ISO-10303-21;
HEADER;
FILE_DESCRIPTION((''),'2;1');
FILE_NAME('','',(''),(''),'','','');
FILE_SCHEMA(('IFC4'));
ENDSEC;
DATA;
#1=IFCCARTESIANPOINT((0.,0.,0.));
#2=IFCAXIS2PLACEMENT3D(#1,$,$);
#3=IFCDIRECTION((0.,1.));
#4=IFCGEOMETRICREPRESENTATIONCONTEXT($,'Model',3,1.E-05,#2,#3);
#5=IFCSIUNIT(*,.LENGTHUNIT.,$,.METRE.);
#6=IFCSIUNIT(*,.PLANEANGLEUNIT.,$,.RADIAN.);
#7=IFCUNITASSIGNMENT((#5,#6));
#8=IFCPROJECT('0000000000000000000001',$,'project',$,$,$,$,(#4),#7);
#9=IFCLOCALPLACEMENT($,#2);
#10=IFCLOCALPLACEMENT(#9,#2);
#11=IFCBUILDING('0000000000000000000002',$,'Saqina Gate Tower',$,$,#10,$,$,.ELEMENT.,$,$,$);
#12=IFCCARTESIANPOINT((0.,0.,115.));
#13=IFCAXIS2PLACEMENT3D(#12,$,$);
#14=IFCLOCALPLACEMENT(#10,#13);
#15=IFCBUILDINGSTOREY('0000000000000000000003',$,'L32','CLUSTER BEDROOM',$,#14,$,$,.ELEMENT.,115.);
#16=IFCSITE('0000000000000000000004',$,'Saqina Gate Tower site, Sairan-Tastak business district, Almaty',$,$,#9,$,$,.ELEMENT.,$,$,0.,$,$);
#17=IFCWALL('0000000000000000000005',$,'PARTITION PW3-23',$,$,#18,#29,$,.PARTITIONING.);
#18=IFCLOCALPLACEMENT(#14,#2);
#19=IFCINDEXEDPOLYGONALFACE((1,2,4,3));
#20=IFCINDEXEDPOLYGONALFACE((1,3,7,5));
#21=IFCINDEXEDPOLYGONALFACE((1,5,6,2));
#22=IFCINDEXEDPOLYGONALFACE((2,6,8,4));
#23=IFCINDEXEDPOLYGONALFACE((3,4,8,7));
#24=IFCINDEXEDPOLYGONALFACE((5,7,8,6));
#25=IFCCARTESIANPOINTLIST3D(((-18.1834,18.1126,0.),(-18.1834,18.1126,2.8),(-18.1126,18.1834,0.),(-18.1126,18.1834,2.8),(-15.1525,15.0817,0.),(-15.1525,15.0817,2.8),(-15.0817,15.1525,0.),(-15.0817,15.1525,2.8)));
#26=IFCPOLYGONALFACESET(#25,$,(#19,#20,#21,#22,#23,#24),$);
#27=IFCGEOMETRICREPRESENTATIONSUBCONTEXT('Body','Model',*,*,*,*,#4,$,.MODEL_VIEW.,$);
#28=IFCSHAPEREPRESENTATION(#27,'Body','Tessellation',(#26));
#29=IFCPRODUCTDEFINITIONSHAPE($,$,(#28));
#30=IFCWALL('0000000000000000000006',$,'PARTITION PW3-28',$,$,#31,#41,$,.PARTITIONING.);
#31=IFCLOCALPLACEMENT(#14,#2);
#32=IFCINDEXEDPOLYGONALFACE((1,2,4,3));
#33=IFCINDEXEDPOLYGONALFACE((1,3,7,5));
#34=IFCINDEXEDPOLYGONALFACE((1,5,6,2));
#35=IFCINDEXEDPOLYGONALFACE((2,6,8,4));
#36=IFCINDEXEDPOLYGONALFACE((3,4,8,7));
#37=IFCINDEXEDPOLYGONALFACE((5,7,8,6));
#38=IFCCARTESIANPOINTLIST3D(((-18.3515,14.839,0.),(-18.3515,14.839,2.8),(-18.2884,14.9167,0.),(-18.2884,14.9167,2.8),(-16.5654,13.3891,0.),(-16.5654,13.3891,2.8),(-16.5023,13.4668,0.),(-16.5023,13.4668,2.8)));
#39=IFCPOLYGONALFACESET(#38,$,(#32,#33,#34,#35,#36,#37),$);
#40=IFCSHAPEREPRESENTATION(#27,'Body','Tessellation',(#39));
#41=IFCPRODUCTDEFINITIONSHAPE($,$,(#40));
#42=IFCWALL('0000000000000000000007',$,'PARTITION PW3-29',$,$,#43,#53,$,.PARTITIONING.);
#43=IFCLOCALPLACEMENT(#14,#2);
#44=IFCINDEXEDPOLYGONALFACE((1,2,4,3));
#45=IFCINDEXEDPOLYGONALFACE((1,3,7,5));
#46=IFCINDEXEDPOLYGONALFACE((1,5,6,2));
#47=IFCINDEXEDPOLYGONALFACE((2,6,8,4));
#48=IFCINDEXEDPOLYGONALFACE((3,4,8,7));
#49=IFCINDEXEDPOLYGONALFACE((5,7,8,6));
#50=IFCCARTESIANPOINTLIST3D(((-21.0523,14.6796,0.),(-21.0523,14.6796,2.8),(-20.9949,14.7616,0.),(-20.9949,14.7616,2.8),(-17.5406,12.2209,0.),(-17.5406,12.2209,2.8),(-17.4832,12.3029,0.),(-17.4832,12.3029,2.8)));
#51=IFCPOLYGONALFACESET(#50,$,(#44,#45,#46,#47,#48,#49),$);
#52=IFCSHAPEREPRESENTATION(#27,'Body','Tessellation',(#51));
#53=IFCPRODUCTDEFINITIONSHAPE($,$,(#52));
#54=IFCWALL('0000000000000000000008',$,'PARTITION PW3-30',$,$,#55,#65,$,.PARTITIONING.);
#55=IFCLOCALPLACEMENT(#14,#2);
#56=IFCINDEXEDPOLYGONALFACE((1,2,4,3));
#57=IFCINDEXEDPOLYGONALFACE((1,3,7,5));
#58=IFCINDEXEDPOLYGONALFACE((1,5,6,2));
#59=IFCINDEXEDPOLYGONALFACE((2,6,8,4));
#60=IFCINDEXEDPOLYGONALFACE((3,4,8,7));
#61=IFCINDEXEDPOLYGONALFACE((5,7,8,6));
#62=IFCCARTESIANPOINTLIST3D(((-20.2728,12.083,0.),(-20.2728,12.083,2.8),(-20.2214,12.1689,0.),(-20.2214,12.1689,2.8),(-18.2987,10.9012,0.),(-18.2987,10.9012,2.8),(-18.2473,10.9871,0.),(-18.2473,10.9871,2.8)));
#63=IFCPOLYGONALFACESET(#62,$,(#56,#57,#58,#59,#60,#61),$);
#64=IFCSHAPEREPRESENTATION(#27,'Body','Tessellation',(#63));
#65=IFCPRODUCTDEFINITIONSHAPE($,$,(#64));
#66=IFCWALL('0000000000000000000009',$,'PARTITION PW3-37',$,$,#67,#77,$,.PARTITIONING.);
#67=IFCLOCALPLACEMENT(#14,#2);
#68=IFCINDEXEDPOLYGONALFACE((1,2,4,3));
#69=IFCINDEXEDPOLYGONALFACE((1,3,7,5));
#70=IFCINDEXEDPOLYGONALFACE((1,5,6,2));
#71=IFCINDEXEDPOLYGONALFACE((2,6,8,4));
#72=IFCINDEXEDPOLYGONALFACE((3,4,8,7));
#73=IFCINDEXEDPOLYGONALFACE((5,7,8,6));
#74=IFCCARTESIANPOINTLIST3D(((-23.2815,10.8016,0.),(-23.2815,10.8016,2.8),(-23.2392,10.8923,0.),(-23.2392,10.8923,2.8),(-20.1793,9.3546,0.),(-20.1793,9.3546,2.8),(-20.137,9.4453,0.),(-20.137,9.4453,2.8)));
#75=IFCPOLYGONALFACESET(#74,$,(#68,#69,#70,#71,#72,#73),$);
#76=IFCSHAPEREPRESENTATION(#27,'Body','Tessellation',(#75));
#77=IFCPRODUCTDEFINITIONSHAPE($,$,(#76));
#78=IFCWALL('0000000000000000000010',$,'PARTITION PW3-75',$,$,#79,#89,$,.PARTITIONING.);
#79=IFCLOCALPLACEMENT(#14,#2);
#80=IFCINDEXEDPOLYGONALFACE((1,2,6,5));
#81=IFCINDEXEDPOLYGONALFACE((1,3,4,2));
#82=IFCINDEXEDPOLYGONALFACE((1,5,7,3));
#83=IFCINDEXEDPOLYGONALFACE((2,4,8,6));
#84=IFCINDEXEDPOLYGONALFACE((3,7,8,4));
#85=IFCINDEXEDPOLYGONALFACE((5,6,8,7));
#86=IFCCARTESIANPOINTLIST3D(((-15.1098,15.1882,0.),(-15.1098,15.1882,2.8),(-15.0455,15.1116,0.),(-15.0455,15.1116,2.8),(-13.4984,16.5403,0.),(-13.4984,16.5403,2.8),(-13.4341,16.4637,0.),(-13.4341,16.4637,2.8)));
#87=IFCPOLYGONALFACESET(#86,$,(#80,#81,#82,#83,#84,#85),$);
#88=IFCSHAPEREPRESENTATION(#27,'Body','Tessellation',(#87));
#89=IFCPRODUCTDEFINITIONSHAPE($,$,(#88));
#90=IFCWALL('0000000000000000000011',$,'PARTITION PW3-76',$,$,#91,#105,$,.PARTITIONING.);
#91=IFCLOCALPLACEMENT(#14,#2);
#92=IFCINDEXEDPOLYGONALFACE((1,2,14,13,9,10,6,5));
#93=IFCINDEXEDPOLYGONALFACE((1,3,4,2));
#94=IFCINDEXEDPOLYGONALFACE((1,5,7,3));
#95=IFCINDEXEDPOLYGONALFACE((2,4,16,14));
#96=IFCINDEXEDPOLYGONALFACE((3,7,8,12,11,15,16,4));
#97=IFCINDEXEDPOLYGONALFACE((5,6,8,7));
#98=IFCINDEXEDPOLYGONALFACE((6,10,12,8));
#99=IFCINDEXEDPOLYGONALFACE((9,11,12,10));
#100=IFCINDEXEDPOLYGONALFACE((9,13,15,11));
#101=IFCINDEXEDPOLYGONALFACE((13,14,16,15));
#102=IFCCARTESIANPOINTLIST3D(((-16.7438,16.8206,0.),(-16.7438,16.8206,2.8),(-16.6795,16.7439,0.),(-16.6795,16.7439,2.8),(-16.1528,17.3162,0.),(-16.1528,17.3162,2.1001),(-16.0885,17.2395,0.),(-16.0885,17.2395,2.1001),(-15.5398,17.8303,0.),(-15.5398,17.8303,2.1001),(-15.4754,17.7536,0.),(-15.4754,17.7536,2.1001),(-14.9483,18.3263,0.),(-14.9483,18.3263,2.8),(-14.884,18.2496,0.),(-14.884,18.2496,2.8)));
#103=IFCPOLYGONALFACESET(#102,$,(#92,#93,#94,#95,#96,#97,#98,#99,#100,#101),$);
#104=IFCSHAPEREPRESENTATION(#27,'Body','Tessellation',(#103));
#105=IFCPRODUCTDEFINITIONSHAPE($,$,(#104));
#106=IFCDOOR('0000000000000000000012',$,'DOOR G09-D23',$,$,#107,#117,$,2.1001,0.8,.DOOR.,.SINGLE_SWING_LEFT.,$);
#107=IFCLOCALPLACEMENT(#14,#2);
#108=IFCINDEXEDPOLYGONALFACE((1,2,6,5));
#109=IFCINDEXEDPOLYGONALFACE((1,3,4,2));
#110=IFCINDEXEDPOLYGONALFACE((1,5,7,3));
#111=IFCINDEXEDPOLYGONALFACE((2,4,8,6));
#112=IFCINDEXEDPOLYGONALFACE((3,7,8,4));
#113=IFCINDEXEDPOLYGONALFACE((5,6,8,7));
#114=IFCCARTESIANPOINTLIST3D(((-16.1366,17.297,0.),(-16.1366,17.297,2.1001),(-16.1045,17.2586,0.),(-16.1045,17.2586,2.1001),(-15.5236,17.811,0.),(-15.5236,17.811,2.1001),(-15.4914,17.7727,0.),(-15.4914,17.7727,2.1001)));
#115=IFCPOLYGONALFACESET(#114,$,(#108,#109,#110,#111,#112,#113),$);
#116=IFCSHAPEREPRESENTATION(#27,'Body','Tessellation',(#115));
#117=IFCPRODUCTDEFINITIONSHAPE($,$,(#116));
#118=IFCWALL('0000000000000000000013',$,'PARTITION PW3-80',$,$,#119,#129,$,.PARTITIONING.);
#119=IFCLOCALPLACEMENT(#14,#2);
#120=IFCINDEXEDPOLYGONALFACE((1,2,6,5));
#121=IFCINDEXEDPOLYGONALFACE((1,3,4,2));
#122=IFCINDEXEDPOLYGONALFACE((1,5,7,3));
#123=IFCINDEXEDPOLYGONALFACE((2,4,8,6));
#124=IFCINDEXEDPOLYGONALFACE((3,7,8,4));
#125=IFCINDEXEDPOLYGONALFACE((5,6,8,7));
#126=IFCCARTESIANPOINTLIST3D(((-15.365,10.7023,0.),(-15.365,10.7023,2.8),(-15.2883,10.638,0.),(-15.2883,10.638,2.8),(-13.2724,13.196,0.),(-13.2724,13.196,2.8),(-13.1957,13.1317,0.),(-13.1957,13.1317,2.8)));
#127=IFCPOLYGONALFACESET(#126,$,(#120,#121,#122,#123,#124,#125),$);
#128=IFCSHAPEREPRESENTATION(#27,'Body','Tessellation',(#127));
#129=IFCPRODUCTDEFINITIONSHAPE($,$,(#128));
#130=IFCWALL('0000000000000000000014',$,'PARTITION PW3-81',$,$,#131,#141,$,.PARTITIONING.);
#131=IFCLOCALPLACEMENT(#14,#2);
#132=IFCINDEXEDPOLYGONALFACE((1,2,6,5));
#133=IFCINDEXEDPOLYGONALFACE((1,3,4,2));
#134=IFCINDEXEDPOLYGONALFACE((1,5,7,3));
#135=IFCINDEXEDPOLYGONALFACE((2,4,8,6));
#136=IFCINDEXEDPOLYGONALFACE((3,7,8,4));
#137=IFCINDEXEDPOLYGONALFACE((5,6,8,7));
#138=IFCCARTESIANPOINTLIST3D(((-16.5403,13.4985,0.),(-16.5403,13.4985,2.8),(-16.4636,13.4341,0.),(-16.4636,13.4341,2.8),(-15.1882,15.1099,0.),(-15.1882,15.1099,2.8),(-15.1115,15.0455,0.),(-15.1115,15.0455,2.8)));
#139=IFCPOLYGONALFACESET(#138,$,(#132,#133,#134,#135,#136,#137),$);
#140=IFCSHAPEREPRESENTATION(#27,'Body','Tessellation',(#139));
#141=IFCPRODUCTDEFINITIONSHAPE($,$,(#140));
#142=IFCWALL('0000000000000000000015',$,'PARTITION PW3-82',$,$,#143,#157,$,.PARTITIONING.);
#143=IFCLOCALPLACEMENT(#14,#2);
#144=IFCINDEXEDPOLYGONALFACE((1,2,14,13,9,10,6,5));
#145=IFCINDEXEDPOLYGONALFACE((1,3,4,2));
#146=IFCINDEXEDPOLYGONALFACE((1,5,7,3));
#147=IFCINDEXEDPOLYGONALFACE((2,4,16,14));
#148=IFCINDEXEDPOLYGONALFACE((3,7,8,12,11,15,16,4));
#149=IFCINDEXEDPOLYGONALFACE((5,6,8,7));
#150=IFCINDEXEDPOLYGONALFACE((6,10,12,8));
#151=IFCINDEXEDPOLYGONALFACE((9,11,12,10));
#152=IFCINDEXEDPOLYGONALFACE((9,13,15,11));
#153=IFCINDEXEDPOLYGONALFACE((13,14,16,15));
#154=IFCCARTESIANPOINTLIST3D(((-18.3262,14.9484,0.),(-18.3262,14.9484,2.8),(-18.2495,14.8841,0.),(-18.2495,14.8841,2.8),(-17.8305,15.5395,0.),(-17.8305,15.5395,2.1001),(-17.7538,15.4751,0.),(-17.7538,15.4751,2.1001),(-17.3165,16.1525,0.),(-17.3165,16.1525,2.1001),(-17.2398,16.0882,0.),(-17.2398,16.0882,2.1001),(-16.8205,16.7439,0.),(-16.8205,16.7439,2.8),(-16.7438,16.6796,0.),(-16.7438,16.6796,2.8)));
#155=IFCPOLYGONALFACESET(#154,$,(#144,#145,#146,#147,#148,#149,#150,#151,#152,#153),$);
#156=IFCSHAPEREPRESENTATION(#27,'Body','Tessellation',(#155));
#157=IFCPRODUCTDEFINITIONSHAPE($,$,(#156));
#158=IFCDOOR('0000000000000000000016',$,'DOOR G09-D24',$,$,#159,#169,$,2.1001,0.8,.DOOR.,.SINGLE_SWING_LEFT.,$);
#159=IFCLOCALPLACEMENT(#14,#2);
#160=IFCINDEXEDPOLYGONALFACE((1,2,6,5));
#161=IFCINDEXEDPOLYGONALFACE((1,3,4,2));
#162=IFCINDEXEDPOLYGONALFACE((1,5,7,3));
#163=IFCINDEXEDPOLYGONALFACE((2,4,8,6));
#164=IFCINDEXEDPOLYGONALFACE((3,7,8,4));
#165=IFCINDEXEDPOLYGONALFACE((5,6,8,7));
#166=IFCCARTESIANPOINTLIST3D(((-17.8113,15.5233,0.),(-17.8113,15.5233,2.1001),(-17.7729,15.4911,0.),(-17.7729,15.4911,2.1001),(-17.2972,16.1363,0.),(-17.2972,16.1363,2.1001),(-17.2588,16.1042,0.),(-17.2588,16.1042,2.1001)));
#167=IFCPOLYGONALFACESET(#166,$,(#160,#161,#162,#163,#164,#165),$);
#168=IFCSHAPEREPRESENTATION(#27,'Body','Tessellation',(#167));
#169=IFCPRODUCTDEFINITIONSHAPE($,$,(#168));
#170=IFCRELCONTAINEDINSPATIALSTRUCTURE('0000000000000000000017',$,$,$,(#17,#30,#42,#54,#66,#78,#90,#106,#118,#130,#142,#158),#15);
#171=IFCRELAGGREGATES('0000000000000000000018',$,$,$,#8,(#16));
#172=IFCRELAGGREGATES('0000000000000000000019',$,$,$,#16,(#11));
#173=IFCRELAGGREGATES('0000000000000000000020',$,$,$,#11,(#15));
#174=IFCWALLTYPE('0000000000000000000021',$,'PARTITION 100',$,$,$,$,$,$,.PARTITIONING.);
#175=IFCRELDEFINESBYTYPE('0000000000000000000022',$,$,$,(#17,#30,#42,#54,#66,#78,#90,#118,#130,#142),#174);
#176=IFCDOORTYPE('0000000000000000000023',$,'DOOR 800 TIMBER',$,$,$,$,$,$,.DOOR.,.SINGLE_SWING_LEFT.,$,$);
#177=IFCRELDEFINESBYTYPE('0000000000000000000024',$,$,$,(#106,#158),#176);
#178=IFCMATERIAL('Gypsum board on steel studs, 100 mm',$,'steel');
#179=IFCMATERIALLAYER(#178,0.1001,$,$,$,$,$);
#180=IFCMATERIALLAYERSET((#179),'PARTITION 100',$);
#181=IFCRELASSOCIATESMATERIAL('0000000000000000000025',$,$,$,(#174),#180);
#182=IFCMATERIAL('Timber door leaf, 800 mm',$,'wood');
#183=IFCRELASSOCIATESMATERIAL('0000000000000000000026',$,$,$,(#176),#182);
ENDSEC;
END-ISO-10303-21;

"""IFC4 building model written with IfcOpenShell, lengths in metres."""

from ifc_helpers import new_model, si_unit, direction, frame, frame_2d, origin, place, context, subcontext, project, spatial, rectangle, extrude, material, layer, layer_set, type_object, element, fill, save


model = new_model("IFC4")

# Units and contexts
model_context = context("Model", 3, precision=1e-05, world=origin(), true_north=direction((0.0, 1.0)))
body_context = subcontext(model_context, "Body", "Model", "MODEL_VIEW")
ifc_project = project(units=[si_unit("LENGTHUNIT", "METRE"), si_unit("PLANEANGLEUNIT", "RADIAN")], contexts=[model_context])

# Site, building, storey
site_placement = place(None, origin())
site = spatial("IfcSite", under=ifc_project, at=site_placement, Name="Saqina Gate Tower site, Sairan-Tastak business district, Almaty", CompositionType="ELEMENT", RefElevation=0.0)
building_placement = place(site_placement, origin())
building = spatial("IfcBuilding", under=site, at=building_placement, Name="Saqina Gate Tower", CompositionType="ELEMENT")
storey_placement = place(building_placement, frame((0.0, 0.0, 115.0)))
storey = spatial("IfcBuildingStorey", under=building, at=storey_placement, Name="L32", Description="CLUSTER BEDROOM", CompositionType="ELEMENT", Elevation=115.0)

# Walls
ifc_material_1 = material(Name="Gypsum board on steel studs, 100 mm", Category="steel")
ifc_layer_1 = layer(ifc_material_1, 0.1001)
ifc_layer_set_1 = layer_set([ifc_layer_1], Name="PARTITION 100")
wall_type_1 = type_object("IfcWallType", Name="PARTITION 100", PredefinedType="PARTITIONING", material=ifc_layer_set_1)
wall_1_placement = place(storey_placement, frame((-18.1479, 18.1479, 0.0), z_axis=(0.0, 0.0, 1.0), x_axis=(0.707107, -0.707107, 0.0)))
element("IfcWall", 1, at=wall_1_placement, inside=storey, type_object=wall_type_1, Name="PARTITION PW3-23", PredefinedType="PARTITIONING", context=body_context, shape_type="SweptSolid", body=[
    extrude(rectangle(XDim=4.2864, YDim=0.1001, at=frame_2d((2.1431, 0.0))), origin(), (0.0, 0.0, 1.0), 2.8),
])
wall_2_placement = place(storey_placement, frame((-18.3201, 14.8779, 0.0), z_axis=(0.0, 0.0, 1.0), x_axis=(0.776387, -0.630257, 0.0)))
element("IfcWall", 2, at=wall_2_placement, inside=storey, type_object=wall_type_1, Name="PARTITION PW3-28", PredefinedType="PARTITIONING", context=body_context, shape_type="SweptSolid", body=[
    extrude(rectangle(XDim=2.3005, YDim=0.1001, at=frame_2d((1.1504, 0.0))), origin(), (0.0, 0.0, 1.0), 2.8),
])
wall_3_placement = place(storey_placement, frame((-21.0237, 14.7207, 0.0), z_axis=(0.0, 0.0, 1.0), x_axis=(0.819173, -0.573546, 0.0)))
element("IfcWall", 3, at=wall_3_placement, inside=storey, type_object=wall_type_1, Name="PARTITION PW3-29", PredefinedType="PARTITIONING", context=body_context, shape_type="SweptSolid", body=[
    extrude(rectangle(XDim=4.2869, YDim=0.1001, at=frame_2d((2.1436, 0.0))), origin(), (0.0, 0.0, 1.0), 2.8),
])
wall_4_placement = place(storey_placement, frame((-20.2471, 12.126, 0.0), z_axis=(0.0, 0.0, 1.0), x_axis=(0.857989, -0.513668, 0.0)))
element("IfcWall", 4, at=wall_4_placement, inside=storey, type_object=wall_type_1, Name="PARTITION PW3-30", PredefinedType="PARTITIONING", context=body_context, shape_type="SweptSolid", body=[
    extrude(rectangle(XDim=2.3008, YDim=0.1001, at=frame_2d((1.1504, 0.0))), origin(), (0.0, 0.0, 1.0), 2.8),
])
wall_5_placement = place(storey_placement, frame((-23.2603, 10.8469, 0.0), z_axis=(0.0, 0.0, 1.0), x_axis=(0.906263, -0.422714, 0.0)))
element("IfcWall", 5, at=wall_5_placement, inside=storey, type_object=wall_type_1, Name="PARTITION PW3-37", PredefinedType="PARTITIONING", context=body_context, shape_type="SweptSolid", body=[
    extrude(rectangle(XDim=3.4231, YDim=0.1001, at=frame_2d((1.7114, 0.0))), origin(), (0.0, 0.0, 1.0), 2.8),
])
wall_6_placement = place(storey_placement, frame((-15.0776, 15.1499, 0.0), z_axis=(0.0, 0.0, 1.0), x_axis=(0.766048, 0.642784, 0.0)))
element("IfcWall", 6, at=wall_6_placement, inside=storey, type_object=wall_type_1, Name="PARTITION PW3-75", PredefinedType="PARTITIONING", context=body_context, shape_type="SweptSolid", body=[
    extrude(rectangle(XDim=2.1035, YDim=0.1001, at=frame_2d((1.0518, 0.0))), origin(), (0.0, 0.0, 1.0), 2.8),
])

# Wall, opening, door
wall_7_placement = place(storey_placement, frame((-16.7117, 16.7822, 0.0), z_axis=(0.0, 0.0, 1.0), x_axis=(0.766236, 0.642559, 0.0)))
wall_7 = element("IfcWall", 7, at=wall_7_placement, inside=storey, type_object=wall_type_1, Name="PARTITION PW3-76", PredefinedType="PARTITIONING", context=body_context, shape_type="SweptSolid", body=[
    extrude(rectangle(XDim=2.3433, YDim=0.1001, at=frame_2d((1.1716, 0.0))), origin(), (0.0, 0.0, 1.0), 2.8),
])
opening_1_placement = place(wall_7_placement, frame((0.7715, 0.0, 0.0)))
opening_1 = element("IfcOpeningElement", 8, at=opening_1_placement, cuts=wall_7, PredefinedType="OPENING", context=body_context, shape_type="SweptSolid", body=[
    extrude(rectangle(XDim=0.8, YDim=2.1001, at=frame_2d((0.3999, 1.05))), frame((0.0, 0.062, 0.0), z_axis=(0.0, -1.0, 0.0), x_axis=(1.0, 0.0, 0.0)), (0.0, 0.0, 1.0), 0.124),
])
ifc_material_2 = material(Name="Timber door leaf, 800 mm", Category="wood")
door_type_1 = type_object("IfcDoorType", Name="DOOR 800 TIMBER", OperationType="SINGLE_SWING_LEFT", PredefinedType="DOOR", material=ifc_material_2)
door_1_placement = place(opening_1_placement, origin())
door_1 = element("IfcDoor", 9, at=door_1_placement, inside=storey, type_object=door_type_1, Name="DOOR G09-D23", OperationType="SINGLE_SWING_LEFT", OverallHeight=2.1001, OverallWidth=0.8, PredefinedType="DOOR", context=body_context, shape_type="SweptSolid", body=[
    extrude(rectangle(XDim=0.8, YDim=2.1001, at=frame_2d((0.3999, 1.05))), frame((0.0, 0.0249, 0.0), z_axis=(0.0, -1.0, 0.0), x_axis=(1.0, 0.0, 0.0)), (0.0, 0.0, 1.0), 0.05),
])
fill(opening_1, door_1)

# Walls
wall_8_placement = place(storey_placement, frame((-15.3267, 10.6702, 0.0), z_axis=(0.0, 0.0, 1.0), x_axis=(0.642807, 0.766028, 0.0)))
element("IfcWall", 10, at=wall_8_placement, inside=storey, type_object=wall_type_1, Name="PARTITION PW3-80", PredefinedType="PARTITIONING", context=body_context, shape_type="SweptSolid", body=[
    extrude(rectangle(XDim=3.2554, YDim=0.1001, at=frame_2d((1.6277, 0.0))), origin(), (0.0, 0.0, 1.0), 2.8),
])
wall_9_placement = place(storey_placement, frame((-16.502, 13.4663, 0.0), z_axis=(0.0, 0.0, 1.0), x_axis=(0.642784, 0.766048, 0.0)))
element("IfcWall", 11, at=wall_9_placement, inside=storey, type_object=wall_type_1, Name="PARTITION PW3-81", PredefinedType="PARTITIONING", context=body_context, shape_type="SweptSolid", body=[
    extrude(rectangle(XDim=2.1035, YDim=0.1001, at=frame_2d((1.0518, 0.0))), origin(), (0.0, 0.0, 1.0), 2.8),
])

# Wall, opening, door
wall_10_placement = place(storey_placement, frame((-18.2878, 14.9163, 0.0), z_axis=(0.0, 0.0, 1.0), x_axis=(0.642559, 0.766236, 0.0)))
wall_10 = element("IfcWall", 12, at=wall_10_placement, inside=storey, type_object=wall_type_1, Name="PARTITION PW3-82", PredefinedType="PARTITIONING", context=body_context, shape_type="SweptSolid", body=[
    extrude(rectangle(XDim=2.3433, YDim=0.1001, at=frame_2d((1.1716, 0.0))), origin(), (0.0, 0.0, 1.0), 2.8),
])
opening_2_placement = place(wall_10_placement, frame((0.7715, 0.0, 0.0)))
opening_2 = element("IfcOpeningElement", 13, at=opening_2_placement, cuts=wall_10, PredefinedType="OPENING", context=body_context, shape_type="SweptSolid", body=[
    extrude(rectangle(XDim=0.8, YDim=2.1001, at=frame_2d((0.3999, 1.05))), frame((0.0, 0.062, 0.0), z_axis=(0.0, -1.0, 0.0), x_axis=(1.0, 0.0, 0.0)), (0.0, 0.0, 1.0), 0.124),
])
door_2_placement = place(opening_2_placement, origin())
door_2 = element("IfcDoor", 14, at=door_2_placement, inside=storey, type_object=door_type_1, Name="DOOR G09-D24", OperationType="SINGLE_SWING_LEFT", OverallHeight=2.1001, OverallWidth=0.8, PredefinedType="DOOR", context=body_context, shape_type="SweptSolid", body=[
    extrude(rectangle(XDim=0.8, YDim=2.1001, at=frame_2d((0.3999, 1.05))), frame((0.0, 0.0249, 0.0), z_axis=(0.0, -1.0, 0.0), x_axis=(1.0, 0.0, 0.0)), (0.0, 0.0, 1.0), 0.05),
])
fill(opening_2, door_2)

save(model, "model.ifc")
